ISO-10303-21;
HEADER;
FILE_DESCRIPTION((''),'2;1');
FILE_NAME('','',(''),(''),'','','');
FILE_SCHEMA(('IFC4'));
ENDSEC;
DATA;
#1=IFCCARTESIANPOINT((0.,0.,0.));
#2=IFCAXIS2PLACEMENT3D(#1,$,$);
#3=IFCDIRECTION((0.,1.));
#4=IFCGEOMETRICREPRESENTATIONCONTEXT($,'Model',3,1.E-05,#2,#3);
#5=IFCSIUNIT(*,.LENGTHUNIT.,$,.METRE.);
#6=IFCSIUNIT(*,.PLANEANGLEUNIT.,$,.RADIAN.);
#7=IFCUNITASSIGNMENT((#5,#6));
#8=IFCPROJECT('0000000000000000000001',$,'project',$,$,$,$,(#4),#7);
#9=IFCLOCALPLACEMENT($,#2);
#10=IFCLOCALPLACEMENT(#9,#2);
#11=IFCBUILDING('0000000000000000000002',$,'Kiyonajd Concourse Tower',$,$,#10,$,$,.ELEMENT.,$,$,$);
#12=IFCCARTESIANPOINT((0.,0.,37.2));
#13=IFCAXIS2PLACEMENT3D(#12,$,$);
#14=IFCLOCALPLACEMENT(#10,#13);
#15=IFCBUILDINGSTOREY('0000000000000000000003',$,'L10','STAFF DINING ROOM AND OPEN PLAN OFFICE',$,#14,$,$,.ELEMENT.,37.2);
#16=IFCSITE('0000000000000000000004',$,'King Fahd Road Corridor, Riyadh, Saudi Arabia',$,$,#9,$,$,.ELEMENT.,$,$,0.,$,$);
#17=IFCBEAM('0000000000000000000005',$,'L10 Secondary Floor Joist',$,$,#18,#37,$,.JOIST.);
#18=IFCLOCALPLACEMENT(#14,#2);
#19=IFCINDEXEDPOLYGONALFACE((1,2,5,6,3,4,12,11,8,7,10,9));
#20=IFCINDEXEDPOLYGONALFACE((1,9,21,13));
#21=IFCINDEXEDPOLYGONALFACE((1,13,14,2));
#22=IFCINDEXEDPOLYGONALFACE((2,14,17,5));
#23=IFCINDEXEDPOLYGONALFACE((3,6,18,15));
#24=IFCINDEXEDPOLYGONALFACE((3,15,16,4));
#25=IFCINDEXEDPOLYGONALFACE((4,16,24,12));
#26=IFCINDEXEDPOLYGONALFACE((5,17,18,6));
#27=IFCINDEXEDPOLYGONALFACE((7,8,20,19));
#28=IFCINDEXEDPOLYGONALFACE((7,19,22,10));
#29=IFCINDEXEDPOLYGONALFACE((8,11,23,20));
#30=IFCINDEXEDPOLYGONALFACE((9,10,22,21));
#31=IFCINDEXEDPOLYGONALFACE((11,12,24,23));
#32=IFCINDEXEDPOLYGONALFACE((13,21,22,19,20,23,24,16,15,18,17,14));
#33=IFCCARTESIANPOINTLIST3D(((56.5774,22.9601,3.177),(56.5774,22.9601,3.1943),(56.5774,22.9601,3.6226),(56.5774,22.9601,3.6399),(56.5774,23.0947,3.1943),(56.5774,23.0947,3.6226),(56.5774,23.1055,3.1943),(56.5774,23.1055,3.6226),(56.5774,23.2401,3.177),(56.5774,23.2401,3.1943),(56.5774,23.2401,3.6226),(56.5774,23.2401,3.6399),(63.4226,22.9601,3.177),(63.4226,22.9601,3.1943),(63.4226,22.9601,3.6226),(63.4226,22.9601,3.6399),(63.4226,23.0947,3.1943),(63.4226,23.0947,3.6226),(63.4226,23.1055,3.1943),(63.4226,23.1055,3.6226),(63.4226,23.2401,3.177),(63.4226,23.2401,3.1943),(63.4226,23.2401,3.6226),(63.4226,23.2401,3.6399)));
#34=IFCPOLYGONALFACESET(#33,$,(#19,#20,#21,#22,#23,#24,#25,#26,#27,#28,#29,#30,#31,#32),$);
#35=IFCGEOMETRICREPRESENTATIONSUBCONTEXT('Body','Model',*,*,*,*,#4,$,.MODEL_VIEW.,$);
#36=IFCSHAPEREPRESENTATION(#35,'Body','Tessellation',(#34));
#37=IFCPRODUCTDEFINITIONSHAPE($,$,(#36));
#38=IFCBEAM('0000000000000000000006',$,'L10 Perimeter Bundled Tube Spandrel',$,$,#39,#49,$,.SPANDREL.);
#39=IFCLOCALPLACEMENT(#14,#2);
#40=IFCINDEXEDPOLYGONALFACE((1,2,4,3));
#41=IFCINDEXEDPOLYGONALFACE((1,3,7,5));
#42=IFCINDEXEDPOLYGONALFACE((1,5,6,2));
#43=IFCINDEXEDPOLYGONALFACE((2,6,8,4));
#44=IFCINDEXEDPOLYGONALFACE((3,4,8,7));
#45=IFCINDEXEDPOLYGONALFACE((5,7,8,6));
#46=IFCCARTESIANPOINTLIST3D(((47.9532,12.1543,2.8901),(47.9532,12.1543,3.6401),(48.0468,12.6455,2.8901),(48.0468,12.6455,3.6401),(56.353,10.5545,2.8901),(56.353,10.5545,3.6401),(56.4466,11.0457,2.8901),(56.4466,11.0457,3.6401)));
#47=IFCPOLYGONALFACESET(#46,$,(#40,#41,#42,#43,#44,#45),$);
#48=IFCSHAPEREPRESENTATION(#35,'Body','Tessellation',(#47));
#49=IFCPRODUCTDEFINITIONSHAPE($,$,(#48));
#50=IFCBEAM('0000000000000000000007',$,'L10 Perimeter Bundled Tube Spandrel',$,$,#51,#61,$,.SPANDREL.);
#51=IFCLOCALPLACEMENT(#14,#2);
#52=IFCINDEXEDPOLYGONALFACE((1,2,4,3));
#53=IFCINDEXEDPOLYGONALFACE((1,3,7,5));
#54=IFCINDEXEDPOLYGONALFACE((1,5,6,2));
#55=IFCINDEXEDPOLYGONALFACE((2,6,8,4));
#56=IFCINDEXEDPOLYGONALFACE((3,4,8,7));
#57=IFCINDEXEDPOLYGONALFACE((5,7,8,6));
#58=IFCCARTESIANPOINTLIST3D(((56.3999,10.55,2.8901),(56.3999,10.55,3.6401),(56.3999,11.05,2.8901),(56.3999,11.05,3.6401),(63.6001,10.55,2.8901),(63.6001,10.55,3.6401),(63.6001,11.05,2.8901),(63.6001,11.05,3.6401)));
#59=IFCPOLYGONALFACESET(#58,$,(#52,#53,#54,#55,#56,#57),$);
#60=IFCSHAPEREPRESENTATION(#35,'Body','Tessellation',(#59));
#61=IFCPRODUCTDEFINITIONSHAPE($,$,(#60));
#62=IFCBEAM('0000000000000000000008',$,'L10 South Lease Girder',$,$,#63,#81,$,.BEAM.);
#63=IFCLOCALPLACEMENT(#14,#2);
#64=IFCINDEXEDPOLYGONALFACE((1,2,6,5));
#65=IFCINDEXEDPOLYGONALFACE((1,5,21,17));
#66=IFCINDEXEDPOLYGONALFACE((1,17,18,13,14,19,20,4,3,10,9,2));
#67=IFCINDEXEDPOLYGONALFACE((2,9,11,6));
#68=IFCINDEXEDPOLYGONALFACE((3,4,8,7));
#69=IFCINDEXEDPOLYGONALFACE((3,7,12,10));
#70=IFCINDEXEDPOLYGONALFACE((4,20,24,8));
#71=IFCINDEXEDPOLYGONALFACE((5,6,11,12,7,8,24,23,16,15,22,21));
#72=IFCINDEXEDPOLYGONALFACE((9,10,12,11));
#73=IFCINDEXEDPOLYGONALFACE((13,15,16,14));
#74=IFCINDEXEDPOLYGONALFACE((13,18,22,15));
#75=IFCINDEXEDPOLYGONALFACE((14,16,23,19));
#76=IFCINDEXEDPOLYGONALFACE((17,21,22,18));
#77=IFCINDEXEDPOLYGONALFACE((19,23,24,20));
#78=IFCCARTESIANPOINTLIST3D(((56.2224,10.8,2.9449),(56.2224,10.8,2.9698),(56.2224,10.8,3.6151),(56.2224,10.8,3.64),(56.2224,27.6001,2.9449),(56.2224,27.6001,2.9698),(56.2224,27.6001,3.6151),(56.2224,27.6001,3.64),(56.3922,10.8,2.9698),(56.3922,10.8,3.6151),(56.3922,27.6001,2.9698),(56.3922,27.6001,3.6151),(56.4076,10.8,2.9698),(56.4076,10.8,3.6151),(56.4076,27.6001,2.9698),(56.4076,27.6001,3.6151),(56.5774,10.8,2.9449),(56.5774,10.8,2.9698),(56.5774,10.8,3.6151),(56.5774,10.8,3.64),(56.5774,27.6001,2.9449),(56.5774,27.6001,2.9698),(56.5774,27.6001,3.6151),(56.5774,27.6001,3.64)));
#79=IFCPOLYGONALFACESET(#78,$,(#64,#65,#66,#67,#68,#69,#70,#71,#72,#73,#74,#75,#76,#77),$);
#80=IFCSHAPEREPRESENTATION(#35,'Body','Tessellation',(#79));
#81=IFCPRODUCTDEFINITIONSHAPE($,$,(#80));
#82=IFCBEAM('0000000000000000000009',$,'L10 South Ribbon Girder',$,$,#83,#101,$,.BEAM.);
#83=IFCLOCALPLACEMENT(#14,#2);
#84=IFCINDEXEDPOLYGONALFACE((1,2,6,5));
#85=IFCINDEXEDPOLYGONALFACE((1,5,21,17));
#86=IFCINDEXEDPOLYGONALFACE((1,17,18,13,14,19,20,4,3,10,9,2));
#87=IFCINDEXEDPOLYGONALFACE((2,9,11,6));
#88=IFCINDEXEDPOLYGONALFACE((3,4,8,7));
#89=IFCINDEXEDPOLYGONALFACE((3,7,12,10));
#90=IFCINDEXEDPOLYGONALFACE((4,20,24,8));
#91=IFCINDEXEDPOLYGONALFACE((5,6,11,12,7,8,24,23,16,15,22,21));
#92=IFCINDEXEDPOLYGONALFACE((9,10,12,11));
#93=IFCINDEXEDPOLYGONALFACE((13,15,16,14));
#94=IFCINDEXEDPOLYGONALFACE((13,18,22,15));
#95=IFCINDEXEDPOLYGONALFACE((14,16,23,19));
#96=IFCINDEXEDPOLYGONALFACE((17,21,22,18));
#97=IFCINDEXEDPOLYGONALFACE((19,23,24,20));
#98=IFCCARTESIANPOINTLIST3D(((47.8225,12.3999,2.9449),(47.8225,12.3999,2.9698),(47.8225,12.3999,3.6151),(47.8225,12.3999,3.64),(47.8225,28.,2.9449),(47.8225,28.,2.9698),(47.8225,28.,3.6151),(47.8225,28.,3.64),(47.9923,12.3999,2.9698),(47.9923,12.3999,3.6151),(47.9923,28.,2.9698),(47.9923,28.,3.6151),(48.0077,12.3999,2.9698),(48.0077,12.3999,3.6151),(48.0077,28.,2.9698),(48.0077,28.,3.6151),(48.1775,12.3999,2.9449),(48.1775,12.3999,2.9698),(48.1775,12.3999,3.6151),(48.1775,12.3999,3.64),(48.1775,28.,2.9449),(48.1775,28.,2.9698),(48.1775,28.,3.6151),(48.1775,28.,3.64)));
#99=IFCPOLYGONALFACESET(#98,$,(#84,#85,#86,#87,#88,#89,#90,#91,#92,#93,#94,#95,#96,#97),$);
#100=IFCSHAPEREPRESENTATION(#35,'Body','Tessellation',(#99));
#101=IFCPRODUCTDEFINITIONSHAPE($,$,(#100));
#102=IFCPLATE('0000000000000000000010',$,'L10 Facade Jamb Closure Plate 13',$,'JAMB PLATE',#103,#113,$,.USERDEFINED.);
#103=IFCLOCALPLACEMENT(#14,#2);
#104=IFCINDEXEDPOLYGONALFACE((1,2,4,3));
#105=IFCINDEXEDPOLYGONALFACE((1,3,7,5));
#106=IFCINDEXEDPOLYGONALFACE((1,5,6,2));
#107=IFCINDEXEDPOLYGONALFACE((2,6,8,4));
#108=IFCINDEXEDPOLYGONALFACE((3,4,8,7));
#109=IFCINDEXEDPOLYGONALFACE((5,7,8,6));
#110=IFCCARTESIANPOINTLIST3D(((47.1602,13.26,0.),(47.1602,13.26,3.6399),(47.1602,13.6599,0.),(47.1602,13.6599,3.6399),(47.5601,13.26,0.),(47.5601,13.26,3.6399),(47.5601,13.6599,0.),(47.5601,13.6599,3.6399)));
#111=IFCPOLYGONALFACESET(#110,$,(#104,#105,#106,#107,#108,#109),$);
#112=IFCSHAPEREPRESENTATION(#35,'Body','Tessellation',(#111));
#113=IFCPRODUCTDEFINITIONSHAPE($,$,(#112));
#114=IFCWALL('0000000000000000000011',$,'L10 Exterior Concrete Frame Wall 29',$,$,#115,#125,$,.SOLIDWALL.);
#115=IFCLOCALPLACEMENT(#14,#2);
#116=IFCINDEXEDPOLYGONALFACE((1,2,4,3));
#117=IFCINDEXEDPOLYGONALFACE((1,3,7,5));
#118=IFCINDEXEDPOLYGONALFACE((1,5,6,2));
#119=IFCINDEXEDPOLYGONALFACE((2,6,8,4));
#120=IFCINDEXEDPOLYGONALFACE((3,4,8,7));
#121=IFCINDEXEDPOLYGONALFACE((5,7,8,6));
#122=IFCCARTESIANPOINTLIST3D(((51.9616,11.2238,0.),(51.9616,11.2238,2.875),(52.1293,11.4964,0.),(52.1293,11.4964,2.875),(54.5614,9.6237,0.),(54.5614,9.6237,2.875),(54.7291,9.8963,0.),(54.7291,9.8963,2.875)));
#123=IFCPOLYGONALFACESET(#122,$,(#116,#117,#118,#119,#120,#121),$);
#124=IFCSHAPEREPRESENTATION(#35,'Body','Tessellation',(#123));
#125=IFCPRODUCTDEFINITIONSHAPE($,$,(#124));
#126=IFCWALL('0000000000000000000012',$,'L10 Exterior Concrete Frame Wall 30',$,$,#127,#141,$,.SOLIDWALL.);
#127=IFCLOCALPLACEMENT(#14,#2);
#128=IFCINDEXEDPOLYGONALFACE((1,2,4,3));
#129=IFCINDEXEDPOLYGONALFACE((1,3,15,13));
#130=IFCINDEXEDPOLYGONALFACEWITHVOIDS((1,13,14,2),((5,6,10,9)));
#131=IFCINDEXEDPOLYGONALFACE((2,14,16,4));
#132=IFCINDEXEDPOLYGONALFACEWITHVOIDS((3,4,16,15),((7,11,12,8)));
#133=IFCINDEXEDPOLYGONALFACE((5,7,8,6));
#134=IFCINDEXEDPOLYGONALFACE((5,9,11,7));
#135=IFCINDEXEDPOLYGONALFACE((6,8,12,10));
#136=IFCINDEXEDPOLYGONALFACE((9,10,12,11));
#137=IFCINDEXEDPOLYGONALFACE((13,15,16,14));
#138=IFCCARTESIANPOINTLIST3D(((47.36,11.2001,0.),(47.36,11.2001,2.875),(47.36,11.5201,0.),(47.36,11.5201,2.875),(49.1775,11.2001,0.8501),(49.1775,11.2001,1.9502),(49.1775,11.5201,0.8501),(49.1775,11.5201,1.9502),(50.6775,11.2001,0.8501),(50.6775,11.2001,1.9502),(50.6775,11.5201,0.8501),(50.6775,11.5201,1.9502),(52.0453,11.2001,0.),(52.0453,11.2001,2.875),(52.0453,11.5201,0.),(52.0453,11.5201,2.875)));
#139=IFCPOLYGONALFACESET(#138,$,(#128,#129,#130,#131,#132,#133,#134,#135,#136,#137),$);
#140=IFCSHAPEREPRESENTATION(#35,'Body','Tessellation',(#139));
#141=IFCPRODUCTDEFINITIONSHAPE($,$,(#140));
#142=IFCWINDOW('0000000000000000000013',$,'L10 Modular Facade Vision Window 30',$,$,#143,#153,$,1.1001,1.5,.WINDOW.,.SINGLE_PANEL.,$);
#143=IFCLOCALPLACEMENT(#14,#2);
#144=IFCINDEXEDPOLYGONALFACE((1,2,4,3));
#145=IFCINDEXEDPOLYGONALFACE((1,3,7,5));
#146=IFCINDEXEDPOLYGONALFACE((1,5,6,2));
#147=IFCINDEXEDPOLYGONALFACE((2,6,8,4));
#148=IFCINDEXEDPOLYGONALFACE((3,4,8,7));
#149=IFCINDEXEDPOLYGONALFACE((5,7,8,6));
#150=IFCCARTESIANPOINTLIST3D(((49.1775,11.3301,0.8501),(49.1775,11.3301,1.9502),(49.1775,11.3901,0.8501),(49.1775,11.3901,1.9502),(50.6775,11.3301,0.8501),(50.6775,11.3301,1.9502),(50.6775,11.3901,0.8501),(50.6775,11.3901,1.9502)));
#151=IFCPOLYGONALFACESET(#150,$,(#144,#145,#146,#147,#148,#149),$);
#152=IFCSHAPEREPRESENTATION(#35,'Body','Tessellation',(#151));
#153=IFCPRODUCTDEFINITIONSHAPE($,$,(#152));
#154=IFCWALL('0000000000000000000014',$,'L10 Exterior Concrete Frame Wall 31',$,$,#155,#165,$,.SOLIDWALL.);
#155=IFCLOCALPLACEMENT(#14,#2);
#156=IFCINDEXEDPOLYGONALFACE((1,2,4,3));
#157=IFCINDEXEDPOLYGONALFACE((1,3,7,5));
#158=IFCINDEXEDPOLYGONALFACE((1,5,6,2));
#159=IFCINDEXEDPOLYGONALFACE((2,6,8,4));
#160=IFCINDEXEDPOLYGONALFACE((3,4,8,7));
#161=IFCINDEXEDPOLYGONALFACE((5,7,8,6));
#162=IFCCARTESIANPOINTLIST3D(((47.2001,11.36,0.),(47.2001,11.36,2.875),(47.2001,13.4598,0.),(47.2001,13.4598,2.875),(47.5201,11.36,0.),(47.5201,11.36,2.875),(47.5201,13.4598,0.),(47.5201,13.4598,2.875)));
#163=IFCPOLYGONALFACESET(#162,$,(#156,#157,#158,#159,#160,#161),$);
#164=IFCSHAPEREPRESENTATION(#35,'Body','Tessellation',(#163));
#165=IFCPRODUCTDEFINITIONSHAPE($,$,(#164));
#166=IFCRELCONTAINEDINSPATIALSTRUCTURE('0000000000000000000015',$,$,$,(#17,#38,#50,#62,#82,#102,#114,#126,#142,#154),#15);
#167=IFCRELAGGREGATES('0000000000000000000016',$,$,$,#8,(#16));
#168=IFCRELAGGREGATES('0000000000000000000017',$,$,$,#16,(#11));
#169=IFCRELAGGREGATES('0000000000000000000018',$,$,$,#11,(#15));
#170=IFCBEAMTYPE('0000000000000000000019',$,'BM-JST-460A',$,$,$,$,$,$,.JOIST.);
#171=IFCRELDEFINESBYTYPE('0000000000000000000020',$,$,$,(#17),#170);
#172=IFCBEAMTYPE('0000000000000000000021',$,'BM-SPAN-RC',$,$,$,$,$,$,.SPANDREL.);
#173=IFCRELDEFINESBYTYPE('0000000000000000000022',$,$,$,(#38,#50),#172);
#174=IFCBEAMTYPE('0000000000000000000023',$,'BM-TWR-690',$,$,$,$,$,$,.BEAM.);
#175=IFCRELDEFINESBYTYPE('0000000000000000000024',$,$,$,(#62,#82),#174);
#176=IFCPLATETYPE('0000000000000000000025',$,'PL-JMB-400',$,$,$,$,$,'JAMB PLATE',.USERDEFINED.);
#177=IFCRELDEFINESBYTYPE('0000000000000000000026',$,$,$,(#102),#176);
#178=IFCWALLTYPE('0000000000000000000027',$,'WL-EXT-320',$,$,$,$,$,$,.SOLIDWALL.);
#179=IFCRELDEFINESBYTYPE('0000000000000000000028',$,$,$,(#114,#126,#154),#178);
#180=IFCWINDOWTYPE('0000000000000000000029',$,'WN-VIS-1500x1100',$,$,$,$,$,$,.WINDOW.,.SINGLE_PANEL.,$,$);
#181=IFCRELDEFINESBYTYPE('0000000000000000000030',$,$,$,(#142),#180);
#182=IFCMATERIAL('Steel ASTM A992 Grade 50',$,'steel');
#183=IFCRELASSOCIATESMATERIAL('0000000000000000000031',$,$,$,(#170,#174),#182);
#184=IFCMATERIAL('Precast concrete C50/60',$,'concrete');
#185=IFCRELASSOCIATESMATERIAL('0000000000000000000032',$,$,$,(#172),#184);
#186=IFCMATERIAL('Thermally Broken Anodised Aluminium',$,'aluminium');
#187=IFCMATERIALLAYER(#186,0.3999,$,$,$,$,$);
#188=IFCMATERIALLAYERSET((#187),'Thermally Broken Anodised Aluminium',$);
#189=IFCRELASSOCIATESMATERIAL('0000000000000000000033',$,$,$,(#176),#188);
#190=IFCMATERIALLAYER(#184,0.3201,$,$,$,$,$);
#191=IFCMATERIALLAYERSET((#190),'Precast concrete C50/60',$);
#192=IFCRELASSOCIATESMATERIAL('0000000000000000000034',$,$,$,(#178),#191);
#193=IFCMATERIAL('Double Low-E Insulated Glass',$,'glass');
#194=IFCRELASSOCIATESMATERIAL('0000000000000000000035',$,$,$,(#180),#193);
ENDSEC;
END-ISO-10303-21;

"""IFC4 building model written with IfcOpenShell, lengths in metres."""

from ifc_helpers import new_model, si_unit, direction, frame, frame_2d, origin, origin_2d, place, context, subcontext, project, spatial, rectangle, i_section, extrude, material, layer, layer_set, material_profile, profile_set, type_object, element, fill, save


model = new_model("IFC4")

# Units and contexts
model_context = context("Model", 3, precision=1e-05, world=origin(), true_north=direction((0.0, 1.0)))
body_context = subcontext(model_context, "Body", "Model", "MODEL_VIEW")
ifc_project = project(units=[si_unit("LENGTHUNIT", "METRE"), si_unit("PLANEANGLEUNIT", "RADIAN")], contexts=[model_context])

# Site, building, storey
site_placement = place(None, origin())
site = spatial("IfcSite", under=ifc_project, at=site_placement, Name="King Fahd Road Corridor, Riyadh, Saudi Arabia", CompositionType="ELEMENT", RefElevation=0.0)
building_placement = place(site_placement, origin())
building = spatial("IfcBuilding", under=site, at=building_placement, Name="Kiyonajd Concourse Tower", CompositionType="ELEMENT")
storey_placement = place(building_placement, frame((0.0, 0.0, 37.2)))
storey = spatial("IfcBuildingStorey", under=building, at=storey_placement, Name="L10", Description="STAFF DINING ROOM AND OPEN PLAN OFFICE", CompositionType="ELEMENT", Elevation=37.2)

# Beams
ifc_material_1 = material(Name="Steel ASTM A992 Grade 50", Category="steel")
ifc_material_profile_1 = material_profile(ifc_material_1, i_section(OverallWidth=0.28, OverallDepth=0.4629, WebThickness=0.0107, FlangeThickness=0.0173, at=origin_2d()), Name="W460X113")
ifc_profile_set_1 = profile_set([ifc_material_profile_1], Name="Steel ASTM A992 Grade 50")
beam_type_1 = type_object("IfcBeamType", Name="BM-JST-460A", PredefinedType="JOIST", material=ifc_profile_set_1)
beam_1_placement = place(storey_placement, frame((56.5774, 23.1001, 3.4084), z_axis=(1.0, 0.0, 0.0), x_axis=(0.0, 1.0, 0.0)))
element("IfcBeam", 1, at=beam_1_placement, inside=storey, type_object=beam_type_1, Name="L10 Secondary Floor Joist", PredefinedType="JOIST", context=body_context, shape_type="SweptSolid", body=[
    extrude(i_section(OverallWidth=0.28, OverallDepth=0.4629, WebThickness=0.0107, FlangeThickness=0.0173, at=origin_2d()), origin(), (0.0, 0.0, 1.0), 6.8452),
])
ifc_material_2 = material(Name="Precast concrete C50/60", Category="concrete")
ifc_material_profile_2 = material_profile(ifc_material_2, rectangle(XDim=0.5, YDim=0.75, at=origin_2d()), Name="RCBM-500x750")
ifc_profile_set_2 = profile_set([ifc_material_profile_2], Name="Precast concrete C50/60")
beam_type_2 = type_object("IfcBeamType", Name="BM-SPAN-RC", PredefinedType="SPANDREL", material=ifc_profile_set_2)
beam_2_placement = place(storey_placement, frame((48.0, 12.3999, 3.2651), z_axis=(0.982341, -0.187098, 0.0), x_axis=(0.187098, 0.982341, 0.0)))
element("IfcBeam", 2, at=beam_2_placement, inside=storey, type_object=beam_type_2, Name="L10 Perimeter Bundled Tube Spandrel", PredefinedType="SPANDREL", context=body_context, shape_type="SweptSolid", body=[
    extrude(rectangle(XDim=0.5, YDim=0.75, at=origin_2d()), origin(), (0.0, 0.0, 1.0), 8.5508),
])
beam_3_placement = place(storey_placement, frame((56.3999, 10.8, 3.2651), z_axis=(1.0, 0.0, 0.0), x_axis=(0.0, 1.0, 0.0)))
element("IfcBeam", 3, at=beam_3_placement, inside=storey, type_object=beam_type_2, Name="L10 Perimeter Bundled Tube Spandrel", PredefinedType="SPANDREL", context=body_context, shape_type="SweptSolid", body=[
    extrude(rectangle(XDim=0.5, YDim=0.75, at=origin_2d()), origin(), (0.0, 0.0, 1.0), 7.2002),
])
ifc_material_profile_3 = material_profile(ifc_material_1, i_section(OverallWidth=0.355, OverallDepth=0.6951, WebThickness=0.0154, FlangeThickness=0.0249, at=origin_2d()), Name="W690X217")
ifc_profile_set_3 = profile_set([ifc_material_profile_3], Name="Steel ASTM A992 Grade 50")
beam_type_3 = type_object("IfcBeamType", Name="BM-TWR-690", PredefinedType="BEAM", material=ifc_profile_set_3)
beam_4_placement = place(storey_placement, frame((56.3999, 10.8, 3.2925), z_axis=(0.0, 1.0, 0.0), x_axis=(-1.0, 0.0, 0.0)))
element("IfcBeam", 4, at=beam_4_placement, inside=storey, type_object=beam_type_3, Name="L10 South Lease Girder", PredefinedType="BEAM", context=body_context, shape_type="SweptSolid", body=[
    extrude(i_section(OverallWidth=0.355, OverallDepth=0.6951, WebThickness=0.0154, FlangeThickness=0.0249, at=origin_2d()), origin(), (0.0, 0.0, 1.0), 16.8),
])
beam_5_placement = place(storey_placement, frame((48.0, 12.3999, 3.2925), z_axis=(0.0, 1.0, 0.0), x_axis=(-1.0, 0.0, 0.0)))
element("IfcBeam", 5, at=beam_5_placement, inside=storey, type_object=beam_type_3, Name="L10 South Ribbon Girder", PredefinedType="BEAM", context=body_context, shape_type="SweptSolid", body=[
    extrude(i_section(OverallWidth=0.355, OverallDepth=0.6951, WebThickness=0.0154, FlangeThickness=0.0249, at=origin_2d()), origin(), (0.0, 0.0, 1.0), 15.6001),
])

# Plate
ifc_material_3 = material(Name="Thermally Broken Anodised Aluminium", Category="aluminium")
ifc_layer_1 = layer(ifc_material_3, 0.3999)
ifc_layer_set_1 = layer_set([ifc_layer_1], Name="Thermally Broken Anodised Aluminium")
plate_type = type_object("IfcPlateType", Name="PL-JMB-400", ElementType="JAMB PLATE", PredefinedType="USERDEFINED", material=ifc_layer_set_1)
plate_placement = place(storey_placement, frame((47.3601, 13.46, 0.0), z_axis=(0.0, 0.0, 1.0), x_axis=(1.0, 0.0, 0.0)))
element("IfcPlate", 6, at=plate_placement, inside=storey, type_object=plate_type, Name="L10 Facade Jamb Closure Plate 13", ObjectType="JAMB PLATE", PredefinedType="USERDEFINED", context=body_context, shape_type="SweptSolid", body=[
    extrude(rectangle(XDim=0.3999, YDim=0.3999, at=origin_2d()), origin(), (0.0, 0.0, 1.0), 3.6399),
])

# Wall
ifc_layer_2 = layer(ifc_material_2, 0.3201)
ifc_layer_set_2 = layer_set([ifc_layer_2], Name="Precast concrete C50/60")
wall_type_1 = type_object("IfcWallType", Name="WL-EXT-320", PredefinedType="SOLIDWALL", material=ifc_layer_set_2)
wall_1_placement = place(storey_placement, frame((54.6453, 9.76, 0.0), z_axis=(0.0, 0.0, 1.0), x_axis=(-0.851631, 0.524142, 0.0)))
element("IfcWall", 7, at=wall_1_placement, inside=storey, type_object=wall_type_1, Name="L10 Exterior Concrete Frame Wall 29", PredefinedType="SOLIDWALL", context=body_context, shape_type="SweptSolid", body=[
    extrude(rectangle(XDim=3.0527, YDim=0.3201, at=frame_2d((1.5264, 0.0))), origin(), (0.0, 0.0, 1.0), 2.875),
])

# Wall, opening, window
wall_2_placement = place(storey_placement, frame((52.0454, 11.3601, 0.0), z_axis=(0.0, 0.0, 1.0), x_axis=(-1.0, 0.0, 0.0)))
wall_2 = element("IfcWall", 8, at=wall_2_placement, inside=storey, type_object=wall_type_1, Name="L10 Exterior Concrete Frame Wall 30", PredefinedType="SOLIDWALL", context=body_context, shape_type="SweptSolid", body=[
    extrude(rectangle(XDim=4.6853, YDim=0.3201, at=frame_2d((2.3428, 0.0))), origin(), (0.0, 0.0, 1.0), 2.875),
])
opening_1_placement = place(wall_2_placement, frame((1.3679, 0.0, 0.8501)))
opening_1 = element("IfcOpeningElement", 9, at=opening_1_placement, cuts=wall_2, PredefinedType="OPENING", context=body_context, shape_type="SweptSolid", body=[
    extrude(rectangle(XDim=1.5, YDim=1.1001, at=frame_2d((0.75, 0.55))), frame((0.0, 0.1699, 0.0), z_axis=(0.0, -1.0, 0.0), x_axis=(1.0, 0.0, 0.0)), (0.0, 0.0, 1.0), 0.3401),
])
ifc_material_4 = material(Name="Double Low-E Insulated Glass", Category="glass")
window_type = type_object("IfcWindowType", Name="WN-VIS-1500x1100", PartitioningType="SINGLE_PANEL", PredefinedType="WINDOW", material=ifc_material_4)
window_placement = place(opening_1_placement, origin())
window = element("IfcWindow", 10, at=window_placement, inside=storey, type_object=window_type, Name="L10 Modular Facade Vision Window 30", OverallHeight=1.1001, OverallWidth=1.5, PartitioningType="SINGLE_PANEL", PredefinedType="WINDOW", context=body_context, shape_type="SweptSolid", body=[
    extrude(rectangle(XDim=1.5, YDim=1.1001, at=frame_2d((0.75, 0.55))), frame((0.0, 0.03, 0.0), z_axis=(0.0, -1.0, 0.0), x_axis=(1.0, 0.0, 0.0)), (0.0, 0.0, 1.0), 0.0601),
])
fill(opening_1, window)

# Wall
wall_3_placement = place(storey_placement, frame((47.3601, 11.3601, 0.0), z_axis=(0.0, 0.0, 1.0), x_axis=(0.0, 1.0, 0.0)))
element("IfcWall", 11, at=wall_3_placement, inside=storey, type_object=wall_type_1, Name="L10 Exterior Concrete Frame Wall 31", PredefinedType="SOLIDWALL", context=body_context, shape_type="SweptSolid", body=[
    extrude(rectangle(XDim=2.0999, YDim=0.3201, at=frame_2d((1.0498, 0.0))), origin(), (0.0, 0.0, 1.0), 2.875),
])

save(model, "model.ifc")
